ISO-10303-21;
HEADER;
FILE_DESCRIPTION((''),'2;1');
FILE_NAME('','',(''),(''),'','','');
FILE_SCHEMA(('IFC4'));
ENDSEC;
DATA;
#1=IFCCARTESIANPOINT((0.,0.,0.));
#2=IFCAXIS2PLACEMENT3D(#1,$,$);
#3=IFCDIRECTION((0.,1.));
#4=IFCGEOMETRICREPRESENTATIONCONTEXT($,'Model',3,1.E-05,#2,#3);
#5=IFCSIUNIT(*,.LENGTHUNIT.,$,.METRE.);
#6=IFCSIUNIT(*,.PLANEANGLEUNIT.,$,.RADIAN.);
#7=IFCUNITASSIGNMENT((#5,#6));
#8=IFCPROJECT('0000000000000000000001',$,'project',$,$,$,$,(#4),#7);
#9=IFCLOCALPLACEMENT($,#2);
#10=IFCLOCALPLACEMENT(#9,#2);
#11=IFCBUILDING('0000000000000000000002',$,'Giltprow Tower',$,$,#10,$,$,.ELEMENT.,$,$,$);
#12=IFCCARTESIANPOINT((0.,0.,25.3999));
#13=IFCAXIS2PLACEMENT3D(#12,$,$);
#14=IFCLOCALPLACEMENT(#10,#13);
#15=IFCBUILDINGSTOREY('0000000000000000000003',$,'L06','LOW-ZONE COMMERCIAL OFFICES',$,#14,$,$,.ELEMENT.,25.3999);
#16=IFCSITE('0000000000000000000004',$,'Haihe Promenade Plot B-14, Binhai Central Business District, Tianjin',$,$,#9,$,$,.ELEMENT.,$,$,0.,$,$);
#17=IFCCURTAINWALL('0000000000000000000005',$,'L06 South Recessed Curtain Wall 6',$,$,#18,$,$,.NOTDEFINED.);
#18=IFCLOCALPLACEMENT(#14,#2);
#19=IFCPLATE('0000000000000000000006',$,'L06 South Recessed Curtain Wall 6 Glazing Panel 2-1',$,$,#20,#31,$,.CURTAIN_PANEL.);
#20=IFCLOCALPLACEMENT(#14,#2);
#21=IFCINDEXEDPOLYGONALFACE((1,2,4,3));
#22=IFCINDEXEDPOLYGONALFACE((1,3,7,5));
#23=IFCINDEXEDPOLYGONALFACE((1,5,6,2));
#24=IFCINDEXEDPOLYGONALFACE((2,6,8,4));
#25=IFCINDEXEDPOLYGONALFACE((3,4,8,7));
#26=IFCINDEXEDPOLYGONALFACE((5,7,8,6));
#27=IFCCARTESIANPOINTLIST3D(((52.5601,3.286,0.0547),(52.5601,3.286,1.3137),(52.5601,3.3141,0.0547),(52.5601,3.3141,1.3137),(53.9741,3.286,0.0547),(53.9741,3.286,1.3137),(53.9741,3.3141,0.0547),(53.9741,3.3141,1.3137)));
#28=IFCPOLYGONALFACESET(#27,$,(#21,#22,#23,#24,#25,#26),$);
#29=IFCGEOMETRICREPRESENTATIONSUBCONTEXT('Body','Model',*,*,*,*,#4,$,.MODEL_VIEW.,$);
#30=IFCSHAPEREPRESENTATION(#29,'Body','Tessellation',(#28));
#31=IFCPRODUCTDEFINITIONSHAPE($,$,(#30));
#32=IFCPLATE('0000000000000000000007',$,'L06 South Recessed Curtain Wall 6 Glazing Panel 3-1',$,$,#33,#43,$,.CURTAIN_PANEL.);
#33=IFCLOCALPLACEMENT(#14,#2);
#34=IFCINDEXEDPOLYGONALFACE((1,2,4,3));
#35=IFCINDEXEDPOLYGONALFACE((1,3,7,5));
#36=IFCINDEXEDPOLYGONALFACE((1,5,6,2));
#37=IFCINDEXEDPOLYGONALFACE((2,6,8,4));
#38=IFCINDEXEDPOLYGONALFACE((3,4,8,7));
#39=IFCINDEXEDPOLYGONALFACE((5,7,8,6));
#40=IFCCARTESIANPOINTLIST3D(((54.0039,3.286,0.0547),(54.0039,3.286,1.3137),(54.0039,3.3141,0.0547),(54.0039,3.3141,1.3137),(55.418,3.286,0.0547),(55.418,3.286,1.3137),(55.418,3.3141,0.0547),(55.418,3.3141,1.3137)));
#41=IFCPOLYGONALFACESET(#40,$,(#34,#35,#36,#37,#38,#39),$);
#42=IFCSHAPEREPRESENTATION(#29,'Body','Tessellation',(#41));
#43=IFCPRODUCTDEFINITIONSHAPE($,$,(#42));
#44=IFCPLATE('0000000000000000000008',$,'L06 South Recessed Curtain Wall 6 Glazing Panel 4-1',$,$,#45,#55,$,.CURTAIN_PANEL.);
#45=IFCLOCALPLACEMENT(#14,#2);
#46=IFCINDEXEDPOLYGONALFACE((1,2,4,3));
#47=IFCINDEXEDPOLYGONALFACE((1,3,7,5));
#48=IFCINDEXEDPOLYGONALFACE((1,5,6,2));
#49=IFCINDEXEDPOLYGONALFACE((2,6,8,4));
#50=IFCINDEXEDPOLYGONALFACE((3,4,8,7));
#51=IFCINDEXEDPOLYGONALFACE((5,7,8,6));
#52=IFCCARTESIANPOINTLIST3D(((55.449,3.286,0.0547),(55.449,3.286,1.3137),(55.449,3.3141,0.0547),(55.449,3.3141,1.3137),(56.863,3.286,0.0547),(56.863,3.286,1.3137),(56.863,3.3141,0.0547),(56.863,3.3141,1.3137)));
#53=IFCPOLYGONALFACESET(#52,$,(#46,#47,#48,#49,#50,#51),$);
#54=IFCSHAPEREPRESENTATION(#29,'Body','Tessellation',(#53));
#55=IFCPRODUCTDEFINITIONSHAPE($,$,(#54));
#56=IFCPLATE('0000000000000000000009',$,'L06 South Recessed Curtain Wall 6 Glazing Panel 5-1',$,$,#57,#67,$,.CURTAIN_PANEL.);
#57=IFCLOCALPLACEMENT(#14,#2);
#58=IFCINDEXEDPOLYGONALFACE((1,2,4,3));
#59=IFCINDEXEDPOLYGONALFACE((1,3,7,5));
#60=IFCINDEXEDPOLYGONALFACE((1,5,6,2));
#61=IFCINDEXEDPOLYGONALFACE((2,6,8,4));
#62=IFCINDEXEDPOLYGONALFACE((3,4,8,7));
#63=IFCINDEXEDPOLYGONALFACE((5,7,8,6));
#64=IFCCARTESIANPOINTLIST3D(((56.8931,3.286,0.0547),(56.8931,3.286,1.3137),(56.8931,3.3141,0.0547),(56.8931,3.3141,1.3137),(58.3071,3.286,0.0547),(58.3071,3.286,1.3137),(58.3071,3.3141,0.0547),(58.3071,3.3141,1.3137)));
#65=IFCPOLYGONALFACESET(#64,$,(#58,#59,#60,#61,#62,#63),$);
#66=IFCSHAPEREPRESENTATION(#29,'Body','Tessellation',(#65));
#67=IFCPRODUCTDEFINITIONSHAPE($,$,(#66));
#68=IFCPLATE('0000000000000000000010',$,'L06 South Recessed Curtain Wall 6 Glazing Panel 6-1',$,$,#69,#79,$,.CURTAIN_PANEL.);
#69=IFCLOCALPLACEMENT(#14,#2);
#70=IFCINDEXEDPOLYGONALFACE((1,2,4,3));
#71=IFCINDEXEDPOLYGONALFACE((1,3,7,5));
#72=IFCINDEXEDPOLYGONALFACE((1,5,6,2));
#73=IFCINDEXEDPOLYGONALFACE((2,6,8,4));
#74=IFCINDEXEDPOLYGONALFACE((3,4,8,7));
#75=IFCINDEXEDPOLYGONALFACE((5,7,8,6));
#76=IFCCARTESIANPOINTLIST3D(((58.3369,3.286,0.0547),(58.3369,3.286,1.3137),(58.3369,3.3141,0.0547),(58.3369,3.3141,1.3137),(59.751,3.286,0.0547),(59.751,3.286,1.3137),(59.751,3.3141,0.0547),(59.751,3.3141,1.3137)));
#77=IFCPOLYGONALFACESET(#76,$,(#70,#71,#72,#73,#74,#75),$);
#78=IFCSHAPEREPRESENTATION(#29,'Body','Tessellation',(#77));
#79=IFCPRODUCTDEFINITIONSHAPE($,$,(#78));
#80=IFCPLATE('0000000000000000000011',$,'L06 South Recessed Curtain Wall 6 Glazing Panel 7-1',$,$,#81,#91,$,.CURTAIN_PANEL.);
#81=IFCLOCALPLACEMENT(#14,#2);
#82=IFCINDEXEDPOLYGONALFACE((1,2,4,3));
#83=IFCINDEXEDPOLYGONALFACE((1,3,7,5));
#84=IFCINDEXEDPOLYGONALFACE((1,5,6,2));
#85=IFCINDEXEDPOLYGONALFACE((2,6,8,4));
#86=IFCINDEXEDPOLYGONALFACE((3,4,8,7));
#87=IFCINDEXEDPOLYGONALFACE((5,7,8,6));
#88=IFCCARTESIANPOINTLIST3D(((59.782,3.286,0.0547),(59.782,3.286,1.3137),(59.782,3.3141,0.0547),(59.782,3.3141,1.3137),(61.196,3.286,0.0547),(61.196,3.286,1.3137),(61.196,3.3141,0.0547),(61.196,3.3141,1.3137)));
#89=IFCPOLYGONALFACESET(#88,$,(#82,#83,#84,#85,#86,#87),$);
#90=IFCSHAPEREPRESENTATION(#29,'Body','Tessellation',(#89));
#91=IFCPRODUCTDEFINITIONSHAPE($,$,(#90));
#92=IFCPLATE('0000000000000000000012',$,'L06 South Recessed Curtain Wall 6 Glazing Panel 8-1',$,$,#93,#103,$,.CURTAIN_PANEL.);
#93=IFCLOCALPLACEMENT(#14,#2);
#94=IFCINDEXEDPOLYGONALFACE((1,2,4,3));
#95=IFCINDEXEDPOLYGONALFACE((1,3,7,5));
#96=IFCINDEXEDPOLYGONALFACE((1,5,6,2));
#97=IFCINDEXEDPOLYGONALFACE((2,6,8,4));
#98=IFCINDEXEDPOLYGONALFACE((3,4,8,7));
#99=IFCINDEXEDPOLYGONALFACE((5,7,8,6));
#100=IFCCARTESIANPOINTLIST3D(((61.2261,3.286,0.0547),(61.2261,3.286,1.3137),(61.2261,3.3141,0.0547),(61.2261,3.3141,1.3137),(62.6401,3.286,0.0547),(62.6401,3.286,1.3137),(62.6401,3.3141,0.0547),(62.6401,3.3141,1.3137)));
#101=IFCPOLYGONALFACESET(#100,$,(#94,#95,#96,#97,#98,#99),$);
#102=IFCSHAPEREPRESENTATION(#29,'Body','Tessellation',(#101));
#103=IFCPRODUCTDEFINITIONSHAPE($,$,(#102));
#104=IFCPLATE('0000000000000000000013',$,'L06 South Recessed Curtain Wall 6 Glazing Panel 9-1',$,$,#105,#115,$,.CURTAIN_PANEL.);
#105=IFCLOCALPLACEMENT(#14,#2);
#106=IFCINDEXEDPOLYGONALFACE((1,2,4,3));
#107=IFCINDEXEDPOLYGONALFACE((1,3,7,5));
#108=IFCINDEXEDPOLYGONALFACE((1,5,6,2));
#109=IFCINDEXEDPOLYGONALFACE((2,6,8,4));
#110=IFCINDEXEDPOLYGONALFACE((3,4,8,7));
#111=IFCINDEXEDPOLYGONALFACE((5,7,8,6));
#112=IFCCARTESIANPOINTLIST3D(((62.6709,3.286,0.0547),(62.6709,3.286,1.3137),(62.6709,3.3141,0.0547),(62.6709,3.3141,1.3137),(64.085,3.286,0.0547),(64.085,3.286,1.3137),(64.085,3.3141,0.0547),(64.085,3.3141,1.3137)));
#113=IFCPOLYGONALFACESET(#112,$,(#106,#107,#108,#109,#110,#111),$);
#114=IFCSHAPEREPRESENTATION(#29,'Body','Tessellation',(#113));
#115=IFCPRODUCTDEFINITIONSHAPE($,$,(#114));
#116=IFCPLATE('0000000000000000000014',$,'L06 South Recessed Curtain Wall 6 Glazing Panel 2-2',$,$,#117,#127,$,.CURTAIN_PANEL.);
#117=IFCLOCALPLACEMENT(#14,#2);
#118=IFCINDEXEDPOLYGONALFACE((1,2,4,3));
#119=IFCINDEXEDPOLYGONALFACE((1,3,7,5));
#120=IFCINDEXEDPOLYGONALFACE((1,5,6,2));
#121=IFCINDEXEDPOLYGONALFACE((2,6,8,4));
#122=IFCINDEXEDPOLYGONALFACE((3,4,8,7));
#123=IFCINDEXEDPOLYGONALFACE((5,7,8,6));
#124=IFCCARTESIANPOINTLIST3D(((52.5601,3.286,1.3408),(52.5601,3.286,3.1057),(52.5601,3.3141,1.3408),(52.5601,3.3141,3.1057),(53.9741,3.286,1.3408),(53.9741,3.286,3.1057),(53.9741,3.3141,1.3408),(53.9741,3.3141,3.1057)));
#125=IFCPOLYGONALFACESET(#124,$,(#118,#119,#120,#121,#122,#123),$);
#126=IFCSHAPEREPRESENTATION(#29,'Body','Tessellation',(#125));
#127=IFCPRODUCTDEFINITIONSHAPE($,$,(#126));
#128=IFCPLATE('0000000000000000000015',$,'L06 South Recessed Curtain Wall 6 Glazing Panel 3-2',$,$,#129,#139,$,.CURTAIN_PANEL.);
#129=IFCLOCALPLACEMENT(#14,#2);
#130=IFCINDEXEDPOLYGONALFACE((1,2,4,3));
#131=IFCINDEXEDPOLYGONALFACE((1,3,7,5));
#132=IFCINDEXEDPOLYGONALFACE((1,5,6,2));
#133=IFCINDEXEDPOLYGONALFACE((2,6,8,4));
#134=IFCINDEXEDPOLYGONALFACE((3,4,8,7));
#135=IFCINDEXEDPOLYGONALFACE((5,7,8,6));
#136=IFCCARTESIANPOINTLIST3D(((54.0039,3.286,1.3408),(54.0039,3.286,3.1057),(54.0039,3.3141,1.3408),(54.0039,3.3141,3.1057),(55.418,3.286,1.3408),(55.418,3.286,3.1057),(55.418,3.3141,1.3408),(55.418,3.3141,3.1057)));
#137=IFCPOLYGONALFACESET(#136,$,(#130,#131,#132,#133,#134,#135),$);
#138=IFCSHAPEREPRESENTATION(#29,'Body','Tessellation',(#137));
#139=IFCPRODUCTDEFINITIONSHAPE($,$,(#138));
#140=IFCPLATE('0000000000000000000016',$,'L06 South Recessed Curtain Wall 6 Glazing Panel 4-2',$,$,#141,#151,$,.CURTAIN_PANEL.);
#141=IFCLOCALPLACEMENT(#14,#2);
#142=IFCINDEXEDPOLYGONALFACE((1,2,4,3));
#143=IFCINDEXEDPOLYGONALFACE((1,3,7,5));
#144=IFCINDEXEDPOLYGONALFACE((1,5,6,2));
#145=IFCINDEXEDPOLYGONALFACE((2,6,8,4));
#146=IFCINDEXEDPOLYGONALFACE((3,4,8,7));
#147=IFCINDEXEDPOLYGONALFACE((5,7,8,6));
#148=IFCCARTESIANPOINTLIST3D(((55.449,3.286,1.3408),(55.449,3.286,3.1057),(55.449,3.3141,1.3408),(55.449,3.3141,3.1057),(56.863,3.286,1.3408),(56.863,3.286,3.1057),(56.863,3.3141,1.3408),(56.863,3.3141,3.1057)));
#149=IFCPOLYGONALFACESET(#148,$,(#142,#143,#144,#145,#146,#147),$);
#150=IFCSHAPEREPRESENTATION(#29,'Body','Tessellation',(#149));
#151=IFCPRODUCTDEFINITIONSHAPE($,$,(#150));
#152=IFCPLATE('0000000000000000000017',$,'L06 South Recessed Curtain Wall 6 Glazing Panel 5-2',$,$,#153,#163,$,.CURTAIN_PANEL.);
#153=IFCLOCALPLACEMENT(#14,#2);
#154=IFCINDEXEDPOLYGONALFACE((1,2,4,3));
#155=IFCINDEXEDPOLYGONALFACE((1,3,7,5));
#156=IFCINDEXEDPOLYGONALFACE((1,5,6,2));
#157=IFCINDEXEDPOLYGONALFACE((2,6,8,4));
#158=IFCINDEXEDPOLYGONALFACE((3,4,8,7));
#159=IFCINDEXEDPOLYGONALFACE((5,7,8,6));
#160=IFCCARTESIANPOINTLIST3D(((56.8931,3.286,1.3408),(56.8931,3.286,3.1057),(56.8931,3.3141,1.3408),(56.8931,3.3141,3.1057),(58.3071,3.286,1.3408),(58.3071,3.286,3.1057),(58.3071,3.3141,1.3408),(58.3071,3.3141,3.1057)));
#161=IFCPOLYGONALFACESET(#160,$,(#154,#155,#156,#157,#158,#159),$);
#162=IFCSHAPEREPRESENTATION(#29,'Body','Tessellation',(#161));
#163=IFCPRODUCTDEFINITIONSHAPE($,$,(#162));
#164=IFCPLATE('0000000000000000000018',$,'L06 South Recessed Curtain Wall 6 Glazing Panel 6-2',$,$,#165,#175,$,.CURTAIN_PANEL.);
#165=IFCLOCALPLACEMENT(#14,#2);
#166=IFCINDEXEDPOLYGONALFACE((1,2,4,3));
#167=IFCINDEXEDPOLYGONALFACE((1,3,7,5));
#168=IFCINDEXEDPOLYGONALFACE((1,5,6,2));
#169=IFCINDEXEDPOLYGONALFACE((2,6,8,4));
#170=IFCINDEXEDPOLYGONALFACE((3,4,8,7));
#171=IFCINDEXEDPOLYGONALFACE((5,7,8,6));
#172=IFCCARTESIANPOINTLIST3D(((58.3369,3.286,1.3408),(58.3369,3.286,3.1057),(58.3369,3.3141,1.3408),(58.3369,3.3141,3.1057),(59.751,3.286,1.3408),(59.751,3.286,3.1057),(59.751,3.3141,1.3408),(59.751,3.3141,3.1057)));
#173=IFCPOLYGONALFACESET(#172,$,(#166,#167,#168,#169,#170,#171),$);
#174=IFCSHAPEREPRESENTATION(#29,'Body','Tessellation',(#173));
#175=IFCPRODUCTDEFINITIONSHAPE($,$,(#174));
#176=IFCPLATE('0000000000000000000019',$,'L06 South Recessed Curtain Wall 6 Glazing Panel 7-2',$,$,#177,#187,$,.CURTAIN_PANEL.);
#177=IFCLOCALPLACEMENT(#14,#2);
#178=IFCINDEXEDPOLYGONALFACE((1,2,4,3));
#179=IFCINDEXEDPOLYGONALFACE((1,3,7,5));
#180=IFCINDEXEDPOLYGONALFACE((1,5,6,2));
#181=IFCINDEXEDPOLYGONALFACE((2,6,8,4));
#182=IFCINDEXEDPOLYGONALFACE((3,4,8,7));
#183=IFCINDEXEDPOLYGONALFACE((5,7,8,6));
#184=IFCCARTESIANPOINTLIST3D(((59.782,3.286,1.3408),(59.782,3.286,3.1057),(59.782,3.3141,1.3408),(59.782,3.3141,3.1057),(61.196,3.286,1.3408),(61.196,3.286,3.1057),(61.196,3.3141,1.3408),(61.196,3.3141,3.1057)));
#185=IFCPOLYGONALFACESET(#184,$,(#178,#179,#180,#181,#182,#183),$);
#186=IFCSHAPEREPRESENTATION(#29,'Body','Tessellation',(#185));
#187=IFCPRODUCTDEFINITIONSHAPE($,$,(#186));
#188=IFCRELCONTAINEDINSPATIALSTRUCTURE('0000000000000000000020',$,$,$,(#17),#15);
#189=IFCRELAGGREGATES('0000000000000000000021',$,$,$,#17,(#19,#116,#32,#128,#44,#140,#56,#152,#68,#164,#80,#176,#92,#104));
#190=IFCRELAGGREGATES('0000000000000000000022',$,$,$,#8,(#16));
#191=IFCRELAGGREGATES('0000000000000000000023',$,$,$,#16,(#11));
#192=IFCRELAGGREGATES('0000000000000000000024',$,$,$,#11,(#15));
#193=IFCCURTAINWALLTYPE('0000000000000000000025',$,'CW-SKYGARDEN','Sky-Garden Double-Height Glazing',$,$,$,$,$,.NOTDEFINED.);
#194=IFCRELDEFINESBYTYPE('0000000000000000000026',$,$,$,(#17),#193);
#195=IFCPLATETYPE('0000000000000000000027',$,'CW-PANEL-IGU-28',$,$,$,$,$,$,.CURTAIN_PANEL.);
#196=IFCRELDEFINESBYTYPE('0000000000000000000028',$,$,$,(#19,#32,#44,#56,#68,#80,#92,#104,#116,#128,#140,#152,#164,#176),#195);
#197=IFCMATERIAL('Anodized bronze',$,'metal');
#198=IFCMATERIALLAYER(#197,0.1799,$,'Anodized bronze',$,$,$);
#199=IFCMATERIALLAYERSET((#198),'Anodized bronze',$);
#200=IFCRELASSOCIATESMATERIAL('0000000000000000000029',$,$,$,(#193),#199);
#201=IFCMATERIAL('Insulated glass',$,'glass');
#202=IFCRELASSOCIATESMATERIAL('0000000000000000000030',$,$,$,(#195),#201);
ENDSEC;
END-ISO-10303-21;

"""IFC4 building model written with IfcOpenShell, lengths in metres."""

from ifc_helpers import new_model, si_unit, direction, frame, origin, origin_2d, place, context, subcontext, project, spatial, rectangle, extrude, source, transform, mapped, material, layer, layer_set, type_object, element, aggregate, save


model = new_model("IFC4")

# Units and contexts
model_context = context("Model", 3, precision=1e-05, world=origin(), true_north=direction((0.0, 1.0)))
body_context = subcontext(model_context, "Body", "Model", "MODEL_VIEW")
ifc_project = project(units=[si_unit("LENGTHUNIT", "METRE"), si_unit("PLANEANGLEUNIT", "RADIAN")], contexts=[model_context])

# Site, building, storey
site_placement = place(None, origin())
site = spatial("IfcSite", under=ifc_project, at=site_placement, Name="Haihe Promenade Plot B-14, Binhai Central Business District, Tianjin", CompositionType="ELEMENT", RefElevation=0.0)
building_placement = place(site_placement, origin())
building = spatial("IfcBuilding", under=site, at=building_placement, Name="Giltprow Tower", CompositionType="ELEMENT")
storey_placement = place(building_placement, frame((0.0, 0.0, 25.3999)))
storey = spatial("IfcBuildingStorey", under=building, at=storey_placement, Name="L06", Description="LOW-ZONE COMMERCIAL OFFICES", CompositionType="ELEMENT", Elevation=25.3999)

# Curtain wall, plates
ifc_material_1 = material(Name="Anodized bronze", Category="metal")
ifc_layer_1 = layer(ifc_material_1, 0.1799, Name="Anodized bronze")
ifc_layer_set_1 = layer_set([ifc_layer_1], Name="Anodized bronze")
curtain_wall_type = type_object("IfcCurtainWallType", Name="CW-SKYGARDEN", Description="Sky-Garden Double-Height Glazing", PredefinedType="NOTDEFINED", material=ifc_layer_set_1)
curtain_wall_placement = place(storey_placement, origin())
curtain_wall = element("IfcCurtainWall", 1, at=curtain_wall_placement, inside=storey, type_object=curtain_wall_type, Name="L06 South Recessed Curtain Wall 6", PredefinedType="NOTDEFINED")
ifc_material_2 = material(Name="Insulated glass", Category="glass")
plate_type = type_object("IfcPlateType", Name="CW-PANEL-IGU-28", PredefinedType="CURTAIN_PANEL", material=ifc_material_2)
shared_shape_1 = source(origin(), body_context, "Body", "SweptSolid", [
    extrude(rectangle(XDim=1.4141, YDim=0.0281, at=origin_2d()), origin(), (0.0, 0.0, 1.0), 1.259),
])
plate_1_placement = place(storey_placement, frame((53.2671, 3.3, 0.0547), z_axis=(0.0, 0.0, 1.0), x_axis=(1.0, 0.0, 0.0)))
plate_1 = element("IfcPlate", 2, at=plate_1_placement, type_object=plate_type, Name="L06 South Recessed Curtain Wall 6 Glazing Panel 2-1", PredefinedType="CURTAIN_PANEL", context=body_context, shape_type="MappedRepresentation", body=[
    mapped(shared_shape_1, transform((0.0, 0.0, 0.0), x_axis=(1.0, 0.0, 0.0), y_axis=(0.0, 1.0, 0.0), z_axis=(0.0, 0.0, 1.0), scale=1.0)),
])
plate_2_placement = place(storey_placement, frame((54.7109, 3.3, 0.0547), z_axis=(0.0, 0.0, 1.0), x_axis=(1.0, 0.0, 0.0)))
plate_2 = element("IfcPlate", 3, at=plate_2_placement, type_object=plate_type, Name="L06 South Recessed Curtain Wall 6 Glazing Panel 3-1", PredefinedType="CURTAIN_PANEL", context=body_context, shape_type="MappedRepresentation", body=[
    mapped(shared_shape_1, transform((0.0, 0.0, 0.0), x_axis=(1.0, 0.0, 0.0), y_axis=(0.0, 1.0, 0.0), z_axis=(0.0, 0.0, 1.0), scale=1.0)),
])
plate_3_placement = place(storey_placement, frame((56.156, 3.3, 0.0547), z_axis=(0.0, 0.0, 1.0), x_axis=(1.0, 0.0, 0.0)))
plate_3 = element("IfcPlate", 4, at=plate_3_placement, type_object=plate_type, Name="L06 South Recessed Curtain Wall 6 Glazing Panel 4-1", PredefinedType="CURTAIN_PANEL", context=body_context, shape_type="MappedRepresentation", body=[
    mapped(shared_shape_1, transform((0.0, 0.0, 0.0), x_axis=(1.0, 0.0, 0.0), y_axis=(0.0, 1.0, 0.0), z_axis=(0.0, 0.0, 1.0), scale=1.0)),
])
plate_4_placement = place(storey_placement, frame((57.6001, 3.3, 0.0547), z_axis=(0.0, 0.0, 1.0), x_axis=(1.0, 0.0, 0.0)))
plate_4 = element("IfcPlate", 5, at=plate_4_placement, type_object=plate_type, Name="L06 South Recessed Curtain Wall 6 Glazing Panel 5-1", PredefinedType="CURTAIN_PANEL", context=body_context, shape_type="MappedRepresentation", body=[
    mapped(shared_shape_1, transform((0.0, 0.0, 0.0), x_axis=(1.0, 0.0, 0.0), y_axis=(0.0, 1.0, 0.0), z_axis=(0.0, 0.0, 1.0), scale=1.0)),
])
plate_5_placement = place(storey_placement, frame((59.0439, 3.3, 0.0547), z_axis=(0.0, 0.0, 1.0), x_axis=(1.0, 0.0, 0.0)))
plate_5 = element("IfcPlate", 6, at=plate_5_placement, type_object=plate_type, Name="L06 South Recessed Curtain Wall 6 Glazing Panel 6-1", PredefinedType="CURTAIN_PANEL", context=body_context, shape_type="MappedRepresentation", body=[
    mapped(shared_shape_1, transform((0.0, 0.0, 0.0), x_axis=(1.0, 0.0, 0.0), y_axis=(0.0, 1.0, 0.0), z_axis=(0.0, 0.0, 1.0), scale=1.0)),
])
plate_6_placement = place(storey_placement, frame((60.489, 3.3, 0.0547), z_axis=(0.0, 0.0, 1.0), x_axis=(1.0, 0.0, 0.0)))
plate_6 = element("IfcPlate", 7, at=plate_6_placement, type_object=plate_type, Name="L06 South Recessed Curtain Wall 6 Glazing Panel 7-1", PredefinedType="CURTAIN_PANEL", context=body_context, shape_type="MappedRepresentation", body=[
    mapped(shared_shape_1, transform((0.0, 0.0, 0.0), x_axis=(1.0, 0.0, 0.0), y_axis=(0.0, 1.0, 0.0), z_axis=(0.0, 0.0, 1.0), scale=1.0)),
])
plate_7_placement = place(storey_placement, frame((61.9331, 3.3, 0.0547), z_axis=(0.0, 0.0, 1.0), x_axis=(1.0, 0.0, 0.0)))
plate_7 = element("IfcPlate", 8, at=plate_7_placement, type_object=plate_type, Name="L06 South Recessed Curtain Wall 6 Glazing Panel 8-1", PredefinedType="CURTAIN_PANEL", context=body_context, shape_type="MappedRepresentation", body=[
    mapped(shared_shape_1, transform((0.0, 0.0, 0.0), x_axis=(1.0, 0.0, 0.0), y_axis=(0.0, 1.0, 0.0), z_axis=(0.0, 0.0, 1.0), scale=1.0)),
])
plate_8_placement = place(storey_placement, frame((63.3779, 3.3, 0.0547), z_axis=(0.0, 0.0, 1.0), x_axis=(1.0, 0.0, 0.0)))
plate_8 = element("IfcPlate", 9, at=plate_8_placement, type_object=plate_type, Name="L06 South Recessed Curtain Wall 6 Glazing Panel 9-1", PredefinedType="CURTAIN_PANEL", context=body_context, shape_type="MappedRepresentation", body=[
    mapped(shared_shape_1, transform((0.0, 0.0, 0.0), x_axis=(1.0, 0.0, 0.0), y_axis=(0.0, 1.0, 0.0), z_axis=(0.0, 0.0, 1.0), scale=1.0)),
])
shared_shape_2 = source(origin(), body_context, "Body", "SweptSolid", [
    extrude(rectangle(XDim=1.4141, YDim=0.0281, at=origin_2d()), origin(), (0.0, 0.0, 1.0), 1.7649),
])
plate_9_placement = place(storey_placement, frame((53.2671, 3.3, 1.3408), z_axis=(0.0, 0.0, 1.0), x_axis=(1.0, 0.0, 0.0)))
plate_9 = element("IfcPlate", 10, at=plate_9_placement, type_object=plate_type, Name="L06 South Recessed Curtain Wall 6 Glazing Panel 2-2", PredefinedType="CURTAIN_PANEL", context=body_context, shape_type="MappedRepresentation", body=[
    mapped(shared_shape_2, transform((0.0, 0.0, 0.0), x_axis=(1.0, 0.0, 0.0), y_axis=(0.0, 1.0, 0.0), z_axis=(0.0, 0.0, 1.0), scale=1.0)),
])
plate_10_placement = place(storey_placement, frame((54.7109, 3.3, 1.3408), z_axis=(0.0, 0.0, 1.0), x_axis=(1.0, 0.0, 0.0)))
plate_10 = element("IfcPlate", 11, at=plate_10_placement, type_object=plate_type, Name="L06 South Recessed Curtain Wall 6 Glazing Panel 3-2", PredefinedType="CURTAIN_PANEL", context=body_context, shape_type="MappedRepresentation", body=[
    mapped(shared_shape_2, transform((0.0, 0.0, 0.0), x_axis=(1.0, 0.0, 0.0), y_axis=(0.0, 1.0, 0.0), z_axis=(0.0, 0.0, 1.0), scale=1.0)),
])
plate_11_placement = place(storey_placement, frame((56.156, 3.3, 1.3408), z_axis=(0.0, 0.0, 1.0), x_axis=(1.0, 0.0, 0.0)))
plate_11 = element("IfcPlate", 12, at=plate_11_placement, type_object=plate_type, Name="L06 South Recessed Curtain Wall 6 Glazing Panel 4-2", PredefinedType="CURTAIN_PANEL", context=body_context, shape_type="MappedRepresentation", body=[
    mapped(shared_shape_2, transform((0.0, 0.0, 0.0), x_axis=(1.0, 0.0, 0.0), y_axis=(0.0, 1.0, 0.0), z_axis=(0.0, 0.0, 1.0), scale=1.0)),
])
plate_12_placement = place(storey_placement, frame((57.6001, 3.3, 1.3408), z_axis=(0.0, 0.0, 1.0), x_axis=(1.0, 0.0, 0.0)))
plate_12 = element("IfcPlate", 13, at=plate_12_placement, type_object=plate_type, Name="L06 South Recessed Curtain Wall 6 Glazing Panel 5-2", PredefinedType="CURTAIN_PANEL", context=body_context, shape_type="MappedRepresentation", body=[
    mapped(shared_shape_2, transform((0.0, 0.0, 0.0), x_axis=(1.0, 0.0, 0.0), y_axis=(0.0, 1.0, 0.0), z_axis=(0.0, 0.0, 1.0), scale=1.0)),
])
plate_13_placement = place(storey_placement, frame((59.0439, 3.3, 1.3408), z_axis=(0.0, 0.0, 1.0), x_axis=(1.0, 0.0, 0.0)))
plate_13 = element("IfcPlate", 14, at=plate_13_placement, type_object=plate_type, Name="L06 South Recessed Curtain Wall 6 Glazing Panel 6-2", PredefinedType="CURTAIN_PANEL", context=body_context, shape_type="MappedRepresentation", body=[
    mapped(shared_shape_2, transform((0.0, 0.0, 0.0), x_axis=(1.0, 0.0, 0.0), y_axis=(0.0, 1.0, 0.0), z_axis=(0.0, 0.0, 1.0), scale=1.0)),
])
plate_14_placement = place(storey_placement, frame((60.489, 3.3, 1.3408), z_axis=(0.0, 0.0, 1.0), x_axis=(1.0, 0.0, 0.0)))
plate_14 = element("IfcPlate", 15, at=plate_14_placement, type_object=plate_type, Name="L06 South Recessed Curtain Wall 6 Glazing Panel 7-2", PredefinedType="CURTAIN_PANEL", context=body_context, shape_type="MappedRepresentation", body=[
    mapped(shared_shape_2, transform((0.0, 0.0, 0.0), x_axis=(1.0, 0.0, 0.0), y_axis=(0.0, 1.0, 0.0), z_axis=(0.0, 0.0, 1.0), scale=1.0)),
])
aggregate(curtain_wall, [plate_1, plate_9, plate_2, plate_10, plate_3, plate_11, plate_4, plate_12, plate_5, plate_13, plate_6, plate_14, plate_7, plate_8])

save(model, "model.ifc")
